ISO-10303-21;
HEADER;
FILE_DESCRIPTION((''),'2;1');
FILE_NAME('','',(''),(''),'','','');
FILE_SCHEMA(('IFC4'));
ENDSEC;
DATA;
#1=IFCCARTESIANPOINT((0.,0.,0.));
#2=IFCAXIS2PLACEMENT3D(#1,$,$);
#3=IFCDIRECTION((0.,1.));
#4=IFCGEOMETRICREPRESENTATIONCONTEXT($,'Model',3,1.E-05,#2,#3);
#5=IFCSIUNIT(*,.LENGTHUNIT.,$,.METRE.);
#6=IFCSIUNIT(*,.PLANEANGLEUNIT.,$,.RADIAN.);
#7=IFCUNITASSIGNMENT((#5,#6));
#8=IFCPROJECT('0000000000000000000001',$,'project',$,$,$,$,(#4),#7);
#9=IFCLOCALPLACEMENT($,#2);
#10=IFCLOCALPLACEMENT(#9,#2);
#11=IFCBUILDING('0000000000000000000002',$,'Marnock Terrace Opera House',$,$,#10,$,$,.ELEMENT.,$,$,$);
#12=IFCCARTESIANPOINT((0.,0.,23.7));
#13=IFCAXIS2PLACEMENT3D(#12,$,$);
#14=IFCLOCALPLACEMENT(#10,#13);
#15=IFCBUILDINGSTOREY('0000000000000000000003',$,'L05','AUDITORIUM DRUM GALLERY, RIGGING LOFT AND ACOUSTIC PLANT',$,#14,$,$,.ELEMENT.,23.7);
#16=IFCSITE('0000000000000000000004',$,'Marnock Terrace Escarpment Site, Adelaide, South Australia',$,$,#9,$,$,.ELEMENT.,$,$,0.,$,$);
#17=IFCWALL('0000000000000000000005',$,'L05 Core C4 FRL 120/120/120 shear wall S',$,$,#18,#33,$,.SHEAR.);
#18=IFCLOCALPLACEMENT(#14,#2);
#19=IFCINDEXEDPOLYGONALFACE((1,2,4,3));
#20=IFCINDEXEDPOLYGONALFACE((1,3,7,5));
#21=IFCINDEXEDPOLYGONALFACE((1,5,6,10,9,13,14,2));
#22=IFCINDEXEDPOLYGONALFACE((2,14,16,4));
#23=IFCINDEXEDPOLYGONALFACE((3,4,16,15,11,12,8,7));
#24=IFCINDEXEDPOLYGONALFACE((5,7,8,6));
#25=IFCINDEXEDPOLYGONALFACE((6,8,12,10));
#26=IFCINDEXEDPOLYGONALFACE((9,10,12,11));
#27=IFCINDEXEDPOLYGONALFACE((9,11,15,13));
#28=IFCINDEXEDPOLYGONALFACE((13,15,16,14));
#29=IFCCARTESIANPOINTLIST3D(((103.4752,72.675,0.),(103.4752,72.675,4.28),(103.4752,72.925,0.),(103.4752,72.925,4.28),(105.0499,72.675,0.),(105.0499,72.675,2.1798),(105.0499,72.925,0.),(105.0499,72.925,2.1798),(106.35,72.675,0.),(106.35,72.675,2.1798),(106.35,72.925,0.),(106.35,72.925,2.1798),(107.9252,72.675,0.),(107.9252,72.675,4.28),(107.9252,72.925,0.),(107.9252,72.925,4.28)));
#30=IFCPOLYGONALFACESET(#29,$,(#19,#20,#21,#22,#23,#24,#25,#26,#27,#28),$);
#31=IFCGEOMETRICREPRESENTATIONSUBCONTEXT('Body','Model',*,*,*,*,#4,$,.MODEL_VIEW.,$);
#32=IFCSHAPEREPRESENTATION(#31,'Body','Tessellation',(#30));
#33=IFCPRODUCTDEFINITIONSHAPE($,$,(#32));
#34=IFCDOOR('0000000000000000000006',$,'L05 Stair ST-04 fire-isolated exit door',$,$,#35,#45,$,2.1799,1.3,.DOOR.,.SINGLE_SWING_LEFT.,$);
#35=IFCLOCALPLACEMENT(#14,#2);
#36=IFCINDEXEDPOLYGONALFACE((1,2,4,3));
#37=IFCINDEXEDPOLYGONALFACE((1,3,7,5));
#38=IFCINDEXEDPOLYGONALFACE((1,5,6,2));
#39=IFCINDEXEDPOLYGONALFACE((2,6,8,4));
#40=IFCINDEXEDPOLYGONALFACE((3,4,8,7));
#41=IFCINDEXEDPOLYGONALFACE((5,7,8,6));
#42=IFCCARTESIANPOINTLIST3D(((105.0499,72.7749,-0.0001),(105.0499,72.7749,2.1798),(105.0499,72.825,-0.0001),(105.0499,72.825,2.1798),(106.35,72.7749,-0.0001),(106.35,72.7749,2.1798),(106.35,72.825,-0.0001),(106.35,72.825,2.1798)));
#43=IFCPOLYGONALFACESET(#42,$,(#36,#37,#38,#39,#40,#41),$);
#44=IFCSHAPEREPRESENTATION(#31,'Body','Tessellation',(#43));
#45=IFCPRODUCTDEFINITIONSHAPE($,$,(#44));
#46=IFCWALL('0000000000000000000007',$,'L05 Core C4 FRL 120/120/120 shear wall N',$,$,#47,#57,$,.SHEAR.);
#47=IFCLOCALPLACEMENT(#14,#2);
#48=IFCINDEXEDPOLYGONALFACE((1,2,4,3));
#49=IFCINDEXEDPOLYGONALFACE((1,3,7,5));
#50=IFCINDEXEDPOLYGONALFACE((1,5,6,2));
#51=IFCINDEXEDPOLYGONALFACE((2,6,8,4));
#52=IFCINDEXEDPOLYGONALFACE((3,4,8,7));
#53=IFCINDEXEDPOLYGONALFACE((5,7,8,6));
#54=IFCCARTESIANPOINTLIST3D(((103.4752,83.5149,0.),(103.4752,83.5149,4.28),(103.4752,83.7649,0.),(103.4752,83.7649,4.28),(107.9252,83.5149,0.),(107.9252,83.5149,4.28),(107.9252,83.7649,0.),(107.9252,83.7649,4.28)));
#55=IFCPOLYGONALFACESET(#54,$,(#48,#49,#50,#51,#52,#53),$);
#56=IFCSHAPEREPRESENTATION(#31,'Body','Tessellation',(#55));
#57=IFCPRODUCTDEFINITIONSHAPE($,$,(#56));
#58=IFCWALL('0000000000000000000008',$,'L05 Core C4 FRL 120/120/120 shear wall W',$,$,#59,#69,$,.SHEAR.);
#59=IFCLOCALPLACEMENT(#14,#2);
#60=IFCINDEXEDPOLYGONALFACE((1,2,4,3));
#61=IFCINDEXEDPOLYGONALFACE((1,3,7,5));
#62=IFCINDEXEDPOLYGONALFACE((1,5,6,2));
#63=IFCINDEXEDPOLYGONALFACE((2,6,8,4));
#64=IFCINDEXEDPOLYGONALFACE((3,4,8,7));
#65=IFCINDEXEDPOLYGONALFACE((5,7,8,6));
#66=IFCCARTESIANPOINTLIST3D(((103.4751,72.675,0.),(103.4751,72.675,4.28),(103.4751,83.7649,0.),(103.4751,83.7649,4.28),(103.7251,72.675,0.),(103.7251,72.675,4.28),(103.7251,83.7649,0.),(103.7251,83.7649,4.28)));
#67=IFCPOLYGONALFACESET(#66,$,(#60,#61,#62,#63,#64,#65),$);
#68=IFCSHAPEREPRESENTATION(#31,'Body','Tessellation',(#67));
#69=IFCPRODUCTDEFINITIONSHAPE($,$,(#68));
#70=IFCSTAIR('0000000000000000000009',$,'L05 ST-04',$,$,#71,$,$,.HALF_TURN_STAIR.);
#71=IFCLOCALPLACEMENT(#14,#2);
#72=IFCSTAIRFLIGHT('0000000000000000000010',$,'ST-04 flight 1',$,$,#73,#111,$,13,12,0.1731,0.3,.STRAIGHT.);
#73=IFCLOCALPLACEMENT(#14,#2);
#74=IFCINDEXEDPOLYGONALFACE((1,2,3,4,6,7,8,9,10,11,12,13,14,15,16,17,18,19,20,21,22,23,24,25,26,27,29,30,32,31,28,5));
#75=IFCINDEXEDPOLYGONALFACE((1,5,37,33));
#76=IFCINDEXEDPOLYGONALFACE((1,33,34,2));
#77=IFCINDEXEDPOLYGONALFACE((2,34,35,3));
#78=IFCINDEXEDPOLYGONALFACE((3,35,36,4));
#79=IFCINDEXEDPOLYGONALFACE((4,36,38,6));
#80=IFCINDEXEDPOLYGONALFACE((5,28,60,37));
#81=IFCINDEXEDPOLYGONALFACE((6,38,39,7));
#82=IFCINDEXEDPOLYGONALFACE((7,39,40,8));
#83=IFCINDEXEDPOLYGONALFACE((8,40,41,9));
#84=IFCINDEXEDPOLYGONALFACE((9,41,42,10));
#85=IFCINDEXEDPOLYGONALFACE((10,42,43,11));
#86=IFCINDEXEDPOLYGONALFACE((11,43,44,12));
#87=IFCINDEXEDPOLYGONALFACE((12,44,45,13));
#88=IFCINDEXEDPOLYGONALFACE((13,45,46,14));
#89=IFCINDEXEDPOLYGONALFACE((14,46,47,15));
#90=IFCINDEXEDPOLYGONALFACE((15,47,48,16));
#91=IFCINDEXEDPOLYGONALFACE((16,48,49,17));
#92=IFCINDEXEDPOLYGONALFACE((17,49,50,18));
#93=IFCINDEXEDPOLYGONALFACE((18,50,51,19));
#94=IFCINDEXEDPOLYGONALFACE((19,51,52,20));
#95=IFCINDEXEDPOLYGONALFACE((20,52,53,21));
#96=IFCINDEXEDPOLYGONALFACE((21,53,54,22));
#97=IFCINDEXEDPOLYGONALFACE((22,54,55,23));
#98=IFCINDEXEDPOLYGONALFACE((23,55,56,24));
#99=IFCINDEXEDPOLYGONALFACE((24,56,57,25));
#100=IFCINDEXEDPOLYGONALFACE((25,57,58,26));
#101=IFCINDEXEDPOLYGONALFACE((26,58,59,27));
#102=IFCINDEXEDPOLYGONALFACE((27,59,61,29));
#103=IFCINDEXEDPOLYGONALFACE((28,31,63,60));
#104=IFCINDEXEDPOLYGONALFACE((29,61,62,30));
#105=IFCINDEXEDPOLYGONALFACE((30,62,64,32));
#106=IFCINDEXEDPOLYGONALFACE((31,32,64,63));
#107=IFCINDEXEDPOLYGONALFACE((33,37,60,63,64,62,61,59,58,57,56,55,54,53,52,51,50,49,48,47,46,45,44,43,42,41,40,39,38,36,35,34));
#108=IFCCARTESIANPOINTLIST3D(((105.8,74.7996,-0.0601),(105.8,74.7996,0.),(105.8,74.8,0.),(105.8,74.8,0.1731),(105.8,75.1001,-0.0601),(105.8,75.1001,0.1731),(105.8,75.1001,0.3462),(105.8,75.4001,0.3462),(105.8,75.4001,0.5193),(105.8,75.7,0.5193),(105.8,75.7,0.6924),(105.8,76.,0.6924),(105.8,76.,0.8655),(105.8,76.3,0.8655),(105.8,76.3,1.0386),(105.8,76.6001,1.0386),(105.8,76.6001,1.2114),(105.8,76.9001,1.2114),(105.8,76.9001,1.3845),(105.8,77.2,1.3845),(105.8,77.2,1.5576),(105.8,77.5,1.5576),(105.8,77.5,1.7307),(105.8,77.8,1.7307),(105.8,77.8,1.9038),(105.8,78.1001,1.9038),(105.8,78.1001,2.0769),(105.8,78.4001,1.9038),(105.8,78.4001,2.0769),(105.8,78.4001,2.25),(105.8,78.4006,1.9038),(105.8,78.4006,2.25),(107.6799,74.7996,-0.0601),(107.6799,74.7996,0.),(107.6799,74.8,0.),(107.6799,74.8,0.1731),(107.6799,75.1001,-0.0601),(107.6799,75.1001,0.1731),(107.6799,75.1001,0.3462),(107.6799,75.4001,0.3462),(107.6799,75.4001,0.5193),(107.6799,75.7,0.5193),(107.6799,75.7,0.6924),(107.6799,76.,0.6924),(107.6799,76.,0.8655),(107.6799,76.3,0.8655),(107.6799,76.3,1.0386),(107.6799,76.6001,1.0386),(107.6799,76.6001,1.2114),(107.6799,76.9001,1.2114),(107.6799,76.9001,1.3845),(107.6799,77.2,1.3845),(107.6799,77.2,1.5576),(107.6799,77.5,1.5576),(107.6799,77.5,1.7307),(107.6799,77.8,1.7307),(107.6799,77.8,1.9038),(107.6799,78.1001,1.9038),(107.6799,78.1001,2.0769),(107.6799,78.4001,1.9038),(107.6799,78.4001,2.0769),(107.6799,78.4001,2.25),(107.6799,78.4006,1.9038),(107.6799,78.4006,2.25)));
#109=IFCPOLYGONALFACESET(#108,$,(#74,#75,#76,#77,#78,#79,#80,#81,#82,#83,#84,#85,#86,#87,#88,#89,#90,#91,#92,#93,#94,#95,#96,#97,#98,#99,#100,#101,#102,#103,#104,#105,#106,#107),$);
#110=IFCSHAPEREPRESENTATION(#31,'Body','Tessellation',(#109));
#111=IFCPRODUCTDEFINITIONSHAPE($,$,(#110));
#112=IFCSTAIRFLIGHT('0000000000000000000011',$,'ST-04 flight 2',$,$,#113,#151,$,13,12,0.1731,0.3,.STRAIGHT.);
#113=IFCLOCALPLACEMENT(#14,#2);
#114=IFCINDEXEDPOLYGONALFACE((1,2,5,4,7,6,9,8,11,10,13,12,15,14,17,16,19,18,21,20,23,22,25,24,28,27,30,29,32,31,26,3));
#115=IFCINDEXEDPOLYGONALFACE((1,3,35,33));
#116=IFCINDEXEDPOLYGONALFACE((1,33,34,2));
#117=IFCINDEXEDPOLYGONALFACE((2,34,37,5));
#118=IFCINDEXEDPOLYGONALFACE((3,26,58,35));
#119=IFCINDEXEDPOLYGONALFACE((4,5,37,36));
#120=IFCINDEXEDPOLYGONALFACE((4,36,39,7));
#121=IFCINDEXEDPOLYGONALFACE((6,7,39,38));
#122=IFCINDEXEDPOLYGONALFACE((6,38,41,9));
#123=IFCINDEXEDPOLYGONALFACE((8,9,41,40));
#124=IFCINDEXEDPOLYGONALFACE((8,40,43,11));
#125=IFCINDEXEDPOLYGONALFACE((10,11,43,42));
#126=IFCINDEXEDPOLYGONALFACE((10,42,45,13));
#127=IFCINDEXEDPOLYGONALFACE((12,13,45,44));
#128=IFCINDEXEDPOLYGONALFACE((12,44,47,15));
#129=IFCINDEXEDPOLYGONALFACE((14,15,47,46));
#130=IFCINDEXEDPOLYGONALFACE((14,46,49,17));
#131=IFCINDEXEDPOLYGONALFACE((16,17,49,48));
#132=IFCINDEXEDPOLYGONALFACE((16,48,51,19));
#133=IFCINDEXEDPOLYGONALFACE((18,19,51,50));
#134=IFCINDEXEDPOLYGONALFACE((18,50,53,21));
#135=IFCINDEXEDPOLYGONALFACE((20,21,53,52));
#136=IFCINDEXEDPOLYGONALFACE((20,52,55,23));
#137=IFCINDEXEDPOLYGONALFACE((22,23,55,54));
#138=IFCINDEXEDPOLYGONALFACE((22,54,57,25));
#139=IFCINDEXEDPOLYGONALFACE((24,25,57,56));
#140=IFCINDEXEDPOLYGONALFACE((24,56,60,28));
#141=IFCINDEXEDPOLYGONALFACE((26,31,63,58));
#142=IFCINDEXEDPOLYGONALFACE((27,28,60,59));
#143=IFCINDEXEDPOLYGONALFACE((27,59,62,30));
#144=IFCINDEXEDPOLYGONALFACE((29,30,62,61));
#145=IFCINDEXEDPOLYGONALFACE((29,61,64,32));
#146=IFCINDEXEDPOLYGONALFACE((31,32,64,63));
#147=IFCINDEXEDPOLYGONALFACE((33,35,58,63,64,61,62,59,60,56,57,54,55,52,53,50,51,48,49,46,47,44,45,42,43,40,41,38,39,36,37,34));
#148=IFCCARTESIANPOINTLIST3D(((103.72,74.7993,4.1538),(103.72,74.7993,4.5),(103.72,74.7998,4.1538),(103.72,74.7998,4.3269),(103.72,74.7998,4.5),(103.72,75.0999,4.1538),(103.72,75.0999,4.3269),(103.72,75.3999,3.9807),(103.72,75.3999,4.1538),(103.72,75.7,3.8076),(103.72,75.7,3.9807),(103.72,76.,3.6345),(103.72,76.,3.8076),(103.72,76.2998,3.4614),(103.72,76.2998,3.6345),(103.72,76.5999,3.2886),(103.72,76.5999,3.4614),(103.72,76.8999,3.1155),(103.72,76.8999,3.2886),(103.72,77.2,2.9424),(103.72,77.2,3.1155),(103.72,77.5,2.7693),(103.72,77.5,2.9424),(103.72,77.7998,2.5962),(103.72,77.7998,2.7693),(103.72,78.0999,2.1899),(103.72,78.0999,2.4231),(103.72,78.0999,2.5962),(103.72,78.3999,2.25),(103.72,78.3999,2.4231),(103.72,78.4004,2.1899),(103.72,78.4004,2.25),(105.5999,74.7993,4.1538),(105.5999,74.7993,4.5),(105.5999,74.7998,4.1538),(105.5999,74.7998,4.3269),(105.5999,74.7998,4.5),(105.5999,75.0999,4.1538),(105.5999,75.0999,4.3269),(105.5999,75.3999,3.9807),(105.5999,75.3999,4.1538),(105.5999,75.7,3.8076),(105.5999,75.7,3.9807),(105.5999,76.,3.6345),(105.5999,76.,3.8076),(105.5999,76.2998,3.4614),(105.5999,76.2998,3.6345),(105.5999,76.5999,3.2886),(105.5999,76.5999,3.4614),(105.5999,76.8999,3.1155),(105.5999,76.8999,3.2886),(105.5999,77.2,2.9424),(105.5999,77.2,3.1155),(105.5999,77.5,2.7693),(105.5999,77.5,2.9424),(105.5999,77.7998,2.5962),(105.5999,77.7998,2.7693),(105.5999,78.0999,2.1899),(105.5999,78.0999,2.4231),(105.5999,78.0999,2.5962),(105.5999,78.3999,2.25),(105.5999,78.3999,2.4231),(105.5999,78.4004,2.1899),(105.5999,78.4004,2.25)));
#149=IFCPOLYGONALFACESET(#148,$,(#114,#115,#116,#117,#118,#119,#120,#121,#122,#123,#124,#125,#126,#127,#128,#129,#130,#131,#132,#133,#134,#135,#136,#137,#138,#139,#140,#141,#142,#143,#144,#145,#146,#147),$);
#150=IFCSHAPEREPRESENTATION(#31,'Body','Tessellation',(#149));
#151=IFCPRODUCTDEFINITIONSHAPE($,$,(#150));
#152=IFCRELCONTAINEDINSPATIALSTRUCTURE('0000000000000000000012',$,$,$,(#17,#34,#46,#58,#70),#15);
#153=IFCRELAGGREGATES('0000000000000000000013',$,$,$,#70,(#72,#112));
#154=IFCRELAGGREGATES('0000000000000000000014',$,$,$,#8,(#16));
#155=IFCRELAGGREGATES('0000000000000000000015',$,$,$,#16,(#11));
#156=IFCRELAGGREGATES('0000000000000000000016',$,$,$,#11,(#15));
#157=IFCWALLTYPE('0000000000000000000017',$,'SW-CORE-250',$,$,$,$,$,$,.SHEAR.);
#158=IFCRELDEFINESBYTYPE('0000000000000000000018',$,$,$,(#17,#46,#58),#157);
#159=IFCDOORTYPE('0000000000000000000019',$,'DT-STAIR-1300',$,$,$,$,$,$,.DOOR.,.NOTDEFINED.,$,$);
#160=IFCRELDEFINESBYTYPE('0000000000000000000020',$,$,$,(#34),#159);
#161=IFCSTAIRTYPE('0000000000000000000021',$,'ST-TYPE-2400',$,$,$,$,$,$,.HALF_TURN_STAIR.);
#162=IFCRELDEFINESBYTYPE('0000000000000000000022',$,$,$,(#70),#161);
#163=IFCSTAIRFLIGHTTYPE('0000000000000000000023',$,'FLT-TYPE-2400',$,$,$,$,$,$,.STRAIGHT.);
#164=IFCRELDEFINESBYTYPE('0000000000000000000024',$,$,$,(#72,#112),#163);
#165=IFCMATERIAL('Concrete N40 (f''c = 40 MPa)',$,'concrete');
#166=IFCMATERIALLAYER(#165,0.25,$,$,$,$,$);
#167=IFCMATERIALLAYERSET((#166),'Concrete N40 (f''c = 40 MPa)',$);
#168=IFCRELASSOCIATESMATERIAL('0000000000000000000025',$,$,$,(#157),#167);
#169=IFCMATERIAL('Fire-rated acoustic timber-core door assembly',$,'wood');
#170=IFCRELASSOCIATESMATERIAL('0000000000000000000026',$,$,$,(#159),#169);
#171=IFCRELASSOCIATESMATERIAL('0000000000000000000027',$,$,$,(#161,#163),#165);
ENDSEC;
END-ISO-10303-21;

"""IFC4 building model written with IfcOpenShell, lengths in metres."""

from ifc_helpers import new_model, si_unit, direction, frame, frame_2d, origin, place, context, subcontext, project, spatial, polyline, rectangle, outline, extrude, material, layer, layer_set, type_object, element, fill, aggregate, save


model = new_model("IFC4")

# Units and contexts
model_context = context("Model", 3, precision=1e-05, world=origin(), true_north=direction((0.0, 1.0)))
body_context = subcontext(model_context, "Body", "Model", "MODEL_VIEW")
ifc_project = project(units=[si_unit("LENGTHUNIT", "METRE"), si_unit("PLANEANGLEUNIT", "RADIAN")], contexts=[model_context])

# Site, building, storey
site_placement = place(None, origin())
site = spatial("IfcSite", under=ifc_project, at=site_placement, Name="Marnock Terrace Escarpment Site, Adelaide, South Australia", CompositionType="ELEMENT", RefElevation=0.0)
building_placement = place(site_placement, origin())
building = spatial("IfcBuilding", under=site, at=building_placement, Name="Marnock Terrace Opera House", CompositionType="ELEMENT")
storey_placement = place(building_placement, frame((0.0, 0.0, 23.7)))
storey = spatial("IfcBuildingStorey", under=building, at=storey_placement, Name="L05", Description="AUDITORIUM DRUM GALLERY, RIGGING LOFT AND ACOUSTIC PLANT", CompositionType="ELEMENT", Elevation=23.7)

# Wall, opening, door
ifc_material_1 = material(Name="Fire-rated acoustic timber-core door assembly", Category="wood")
ifc_material_2 = material(Name="Concrete N40 (f'c = 40 MPa)", Category="concrete")
ifc_layer_1 = layer(ifc_material_2, 0.25)
ifc_layer_set_1 = layer_set([ifc_layer_1], Name="Concrete N40 (f'c = 40 MPa)")
wall_type_1 = type_object("IfcWallType", Name="SW-CORE-250", PredefinedType="SHEAR", material=ifc_layer_set_1)
wall_1_placement = place(storey_placement, frame((103.4751, 72.8, 0.0), z_axis=(0.0, 0.0, 1.0), x_axis=(1.0, 0.0, 0.0)))
wall_1 = element("IfcWall", 1, at=wall_1_placement, inside=storey, type_object=wall_type_1, Name="L05 Core C4 FRL 120/120/120 shear wall S", PredefinedType="SHEAR", context=body_context, shape_type="SweptSolid", body=[
    extrude(rectangle(XDim=4.45, YDim=0.25, at=frame_2d((2.2251, 0.0))), origin(), (0.0, 0.0, 1.0), 4.28),
])
opening_1_placement = place(wall_1_placement, frame((1.575, 0.0, 0.0)))
opening_1 = element("IfcOpeningElement", 2, at=opening_1_placement, cuts=wall_1, PredefinedType="OPENING", context=body_context, shape_type="SweptSolid", body=[
    extrude(rectangle(XDim=1.3, YDim=2.1799, at=frame_2d((0.6499, 1.0898))), frame((0.0, 0.135, 0.0), z_axis=(0.0, -1.0, 0.0), x_axis=(1.0, 0.0, 0.0)), (0.0, 0.0, 1.0), 0.27),
])
door_type_1 = type_object("IfcDoorType", Name="DT-STAIR-1300", OperationType="NOTDEFINED", PredefinedType="DOOR", material=ifc_material_1)
door_1_placement = place(opening_1_placement, origin())
door_1 = element("IfcDoor", 3, at=door_1_placement, inside=storey, type_object=door_type_1, Name="L05 Stair ST-04 fire-isolated exit door", OperationType="SINGLE_SWING_LEFT", OverallHeight=2.1799, OverallWidth=1.3, PredefinedType="DOOR", context=body_context, shape_type="SweptSolid", body=[
    extrude(rectangle(XDim=1.3, YDim=2.1799, at=frame_2d((0.6499, 1.0898))), frame((0.0, 0.0249, 0.0), z_axis=(0.0, -1.0, 0.0), x_axis=(1.0, 0.0, 0.0)), (0.0, 0.0, 1.0), 0.05),
])
fill(opening_1, door_1)

# Walls
wall_2_placement = place(storey_placement, frame((103.4751, 83.6399, 0.0), z_axis=(0.0, 0.0, 1.0), x_axis=(1.0, 0.0, 0.0)))
element("IfcWall", 4, at=wall_2_placement, inside=storey, type_object=wall_type_1, Name="L05 Core C4 FRL 120/120/120 shear wall N", PredefinedType="SHEAR", context=body_context, shape_type="SweptSolid", body=[
    extrude(rectangle(XDim=4.45, YDim=0.25, at=frame_2d((2.2251, 0.0))), origin(), (0.0, 0.0, 1.0), 4.28),
])
wall_3_placement = place(storey_placement, frame((103.6001, 72.675, 0.0), z_axis=(0.0, 0.0, 1.0), x_axis=(0.0, 1.0, 0.0)))
element("IfcWall", 5, at=wall_3_placement, inside=storey, type_object=wall_type_1, Name="L05 Core C4 FRL 120/120/120 shear wall W", PredefinedType="SHEAR", context=body_context, shape_type="SweptSolid", body=[
    extrude(rectangle(XDim=11.0898, YDim=0.25, at=frame_2d((5.5449, 0.0))), origin(), (0.0, 0.0, 1.0), 4.28),
])

# Stair, stair flights
stair_type = type_object("IfcStairType", Name="ST-TYPE-2400", PredefinedType="HALF_TURN_STAIR", material=ifc_material_2)
stair_placement = place(storey_placement, origin())
stair = element("IfcStair", 6, at=stair_placement, inside=storey, type_object=stair_type, Name="L05 ST-04", PredefinedType="HALF_TURN_STAIR")
stair_flight_type = type_object("IfcStairFlightType", Name="FLT-TYPE-2400", PredefinedType="STRAIGHT", material=ifc_material_2)
stair_flight_1_placement = place(storey_placement, frame((106.74, 74.8, 0.0), z_axis=(0.0, 0.0, 1.0), x_axis=(0.0, 1.0, 0.0)))
stair_flight_1 = element("IfcStairFlight", 7, at=stair_flight_1_placement, type_object=stair_flight_type, Name="ST-04 flight 1", NumberOfRisers=13, NumberOfTreads=12, PredefinedType="STRAIGHT", RiserHeight=0.1731, TreadLength=0.3, context=body_context, shape_type="SweptSolid", body=[
    extrude(outline(polyline([(-0.0005, -0.0601), (-0.0005, 0.0), (0.0, 0.0), (0.0, 0.1731), (0.3, 0.1731), (0.3, 0.3462), (0.6001, 0.3462), (0.6001, 0.5193), (0.8999, 0.5193), (0.8999, 0.6924), (1.2, 0.6924), (1.2, 0.8655), (1.5, 0.8655), (1.5, 1.0386), (1.8, 1.0386), (1.8, 1.2114), (2.1001, 1.2114), (2.1001, 1.3845), (2.3999, 1.3845), (2.3999, 1.5576), (2.7, 1.5576), (2.7, 1.7307), (3.0, 1.7307), (3.0, 1.9038), (3.3, 1.9038), (3.3, 2.0769), (3.6001, 2.0769), (3.6001, 2.25), (3.6006, 2.25), (3.6006, 1.9038), (3.6001, 1.9038), (0.3, -0.0601), (-0.0005, -0.0601)])), frame((0.0, 0.9399, 0.0), z_axis=(0.0, -1.0, 0.0), x_axis=(1.0, 0.0, 0.0)), (0.0, 0.0, 1.0), 1.8799),
])
stair_flight_2_placement = place(storey_placement, frame((104.6599, 78.3999, 2.25), z_axis=(0.0, 0.0, 1.0), x_axis=(0.0, -1.0, 0.0)))
stair_flight_2 = element("IfcStairFlight", 8, at=stair_flight_2_placement, type_object=stair_flight_type, Name="ST-04 flight 2", NumberOfRisers=13, NumberOfTreads=12, PredefinedType="STRAIGHT", RiserHeight=0.1731, TreadLength=0.3, context=body_context, shape_type="SweptSolid", body=[
    extrude(outline(polyline([(-0.0005, -0.0601), (-0.0005, 0.0), (0.0, 0.0), (0.0, 0.1731), (0.3, 0.1731), (0.3, 0.3462), (0.6001, 0.3462), (0.6001, 0.5193), (0.8999, 0.5193), (0.8999, 0.6924), (1.2, 0.6924), (1.2, 0.8655), (1.5, 0.8655), (1.5, 1.0386), (1.8, 1.0386), (1.8, 1.2114), (2.1001, 1.2114), (2.1001, 1.3845), (2.3999, 1.3845), (2.3999, 1.5576), (2.7, 1.5576), (2.7, 1.7307), (3.0, 1.7307), (3.0, 1.9038), (3.3, 1.9038), (3.3, 2.0769), (3.6001, 2.0769), (3.6001, 2.25), (3.6006, 2.25), (3.6006, 1.9038), (3.6001, 1.9038), (0.3, -0.0601), (-0.0005, -0.0601)])), frame((0.0, 0.9399, 0.0), z_axis=(0.0, -1.0, 0.0), x_axis=(1.0, 0.0, 0.0)), (0.0, 0.0, 1.0), 1.8799),
])
aggregate(stair, [stair_flight_1, stair_flight_2])

save(model, "model.ifc")
